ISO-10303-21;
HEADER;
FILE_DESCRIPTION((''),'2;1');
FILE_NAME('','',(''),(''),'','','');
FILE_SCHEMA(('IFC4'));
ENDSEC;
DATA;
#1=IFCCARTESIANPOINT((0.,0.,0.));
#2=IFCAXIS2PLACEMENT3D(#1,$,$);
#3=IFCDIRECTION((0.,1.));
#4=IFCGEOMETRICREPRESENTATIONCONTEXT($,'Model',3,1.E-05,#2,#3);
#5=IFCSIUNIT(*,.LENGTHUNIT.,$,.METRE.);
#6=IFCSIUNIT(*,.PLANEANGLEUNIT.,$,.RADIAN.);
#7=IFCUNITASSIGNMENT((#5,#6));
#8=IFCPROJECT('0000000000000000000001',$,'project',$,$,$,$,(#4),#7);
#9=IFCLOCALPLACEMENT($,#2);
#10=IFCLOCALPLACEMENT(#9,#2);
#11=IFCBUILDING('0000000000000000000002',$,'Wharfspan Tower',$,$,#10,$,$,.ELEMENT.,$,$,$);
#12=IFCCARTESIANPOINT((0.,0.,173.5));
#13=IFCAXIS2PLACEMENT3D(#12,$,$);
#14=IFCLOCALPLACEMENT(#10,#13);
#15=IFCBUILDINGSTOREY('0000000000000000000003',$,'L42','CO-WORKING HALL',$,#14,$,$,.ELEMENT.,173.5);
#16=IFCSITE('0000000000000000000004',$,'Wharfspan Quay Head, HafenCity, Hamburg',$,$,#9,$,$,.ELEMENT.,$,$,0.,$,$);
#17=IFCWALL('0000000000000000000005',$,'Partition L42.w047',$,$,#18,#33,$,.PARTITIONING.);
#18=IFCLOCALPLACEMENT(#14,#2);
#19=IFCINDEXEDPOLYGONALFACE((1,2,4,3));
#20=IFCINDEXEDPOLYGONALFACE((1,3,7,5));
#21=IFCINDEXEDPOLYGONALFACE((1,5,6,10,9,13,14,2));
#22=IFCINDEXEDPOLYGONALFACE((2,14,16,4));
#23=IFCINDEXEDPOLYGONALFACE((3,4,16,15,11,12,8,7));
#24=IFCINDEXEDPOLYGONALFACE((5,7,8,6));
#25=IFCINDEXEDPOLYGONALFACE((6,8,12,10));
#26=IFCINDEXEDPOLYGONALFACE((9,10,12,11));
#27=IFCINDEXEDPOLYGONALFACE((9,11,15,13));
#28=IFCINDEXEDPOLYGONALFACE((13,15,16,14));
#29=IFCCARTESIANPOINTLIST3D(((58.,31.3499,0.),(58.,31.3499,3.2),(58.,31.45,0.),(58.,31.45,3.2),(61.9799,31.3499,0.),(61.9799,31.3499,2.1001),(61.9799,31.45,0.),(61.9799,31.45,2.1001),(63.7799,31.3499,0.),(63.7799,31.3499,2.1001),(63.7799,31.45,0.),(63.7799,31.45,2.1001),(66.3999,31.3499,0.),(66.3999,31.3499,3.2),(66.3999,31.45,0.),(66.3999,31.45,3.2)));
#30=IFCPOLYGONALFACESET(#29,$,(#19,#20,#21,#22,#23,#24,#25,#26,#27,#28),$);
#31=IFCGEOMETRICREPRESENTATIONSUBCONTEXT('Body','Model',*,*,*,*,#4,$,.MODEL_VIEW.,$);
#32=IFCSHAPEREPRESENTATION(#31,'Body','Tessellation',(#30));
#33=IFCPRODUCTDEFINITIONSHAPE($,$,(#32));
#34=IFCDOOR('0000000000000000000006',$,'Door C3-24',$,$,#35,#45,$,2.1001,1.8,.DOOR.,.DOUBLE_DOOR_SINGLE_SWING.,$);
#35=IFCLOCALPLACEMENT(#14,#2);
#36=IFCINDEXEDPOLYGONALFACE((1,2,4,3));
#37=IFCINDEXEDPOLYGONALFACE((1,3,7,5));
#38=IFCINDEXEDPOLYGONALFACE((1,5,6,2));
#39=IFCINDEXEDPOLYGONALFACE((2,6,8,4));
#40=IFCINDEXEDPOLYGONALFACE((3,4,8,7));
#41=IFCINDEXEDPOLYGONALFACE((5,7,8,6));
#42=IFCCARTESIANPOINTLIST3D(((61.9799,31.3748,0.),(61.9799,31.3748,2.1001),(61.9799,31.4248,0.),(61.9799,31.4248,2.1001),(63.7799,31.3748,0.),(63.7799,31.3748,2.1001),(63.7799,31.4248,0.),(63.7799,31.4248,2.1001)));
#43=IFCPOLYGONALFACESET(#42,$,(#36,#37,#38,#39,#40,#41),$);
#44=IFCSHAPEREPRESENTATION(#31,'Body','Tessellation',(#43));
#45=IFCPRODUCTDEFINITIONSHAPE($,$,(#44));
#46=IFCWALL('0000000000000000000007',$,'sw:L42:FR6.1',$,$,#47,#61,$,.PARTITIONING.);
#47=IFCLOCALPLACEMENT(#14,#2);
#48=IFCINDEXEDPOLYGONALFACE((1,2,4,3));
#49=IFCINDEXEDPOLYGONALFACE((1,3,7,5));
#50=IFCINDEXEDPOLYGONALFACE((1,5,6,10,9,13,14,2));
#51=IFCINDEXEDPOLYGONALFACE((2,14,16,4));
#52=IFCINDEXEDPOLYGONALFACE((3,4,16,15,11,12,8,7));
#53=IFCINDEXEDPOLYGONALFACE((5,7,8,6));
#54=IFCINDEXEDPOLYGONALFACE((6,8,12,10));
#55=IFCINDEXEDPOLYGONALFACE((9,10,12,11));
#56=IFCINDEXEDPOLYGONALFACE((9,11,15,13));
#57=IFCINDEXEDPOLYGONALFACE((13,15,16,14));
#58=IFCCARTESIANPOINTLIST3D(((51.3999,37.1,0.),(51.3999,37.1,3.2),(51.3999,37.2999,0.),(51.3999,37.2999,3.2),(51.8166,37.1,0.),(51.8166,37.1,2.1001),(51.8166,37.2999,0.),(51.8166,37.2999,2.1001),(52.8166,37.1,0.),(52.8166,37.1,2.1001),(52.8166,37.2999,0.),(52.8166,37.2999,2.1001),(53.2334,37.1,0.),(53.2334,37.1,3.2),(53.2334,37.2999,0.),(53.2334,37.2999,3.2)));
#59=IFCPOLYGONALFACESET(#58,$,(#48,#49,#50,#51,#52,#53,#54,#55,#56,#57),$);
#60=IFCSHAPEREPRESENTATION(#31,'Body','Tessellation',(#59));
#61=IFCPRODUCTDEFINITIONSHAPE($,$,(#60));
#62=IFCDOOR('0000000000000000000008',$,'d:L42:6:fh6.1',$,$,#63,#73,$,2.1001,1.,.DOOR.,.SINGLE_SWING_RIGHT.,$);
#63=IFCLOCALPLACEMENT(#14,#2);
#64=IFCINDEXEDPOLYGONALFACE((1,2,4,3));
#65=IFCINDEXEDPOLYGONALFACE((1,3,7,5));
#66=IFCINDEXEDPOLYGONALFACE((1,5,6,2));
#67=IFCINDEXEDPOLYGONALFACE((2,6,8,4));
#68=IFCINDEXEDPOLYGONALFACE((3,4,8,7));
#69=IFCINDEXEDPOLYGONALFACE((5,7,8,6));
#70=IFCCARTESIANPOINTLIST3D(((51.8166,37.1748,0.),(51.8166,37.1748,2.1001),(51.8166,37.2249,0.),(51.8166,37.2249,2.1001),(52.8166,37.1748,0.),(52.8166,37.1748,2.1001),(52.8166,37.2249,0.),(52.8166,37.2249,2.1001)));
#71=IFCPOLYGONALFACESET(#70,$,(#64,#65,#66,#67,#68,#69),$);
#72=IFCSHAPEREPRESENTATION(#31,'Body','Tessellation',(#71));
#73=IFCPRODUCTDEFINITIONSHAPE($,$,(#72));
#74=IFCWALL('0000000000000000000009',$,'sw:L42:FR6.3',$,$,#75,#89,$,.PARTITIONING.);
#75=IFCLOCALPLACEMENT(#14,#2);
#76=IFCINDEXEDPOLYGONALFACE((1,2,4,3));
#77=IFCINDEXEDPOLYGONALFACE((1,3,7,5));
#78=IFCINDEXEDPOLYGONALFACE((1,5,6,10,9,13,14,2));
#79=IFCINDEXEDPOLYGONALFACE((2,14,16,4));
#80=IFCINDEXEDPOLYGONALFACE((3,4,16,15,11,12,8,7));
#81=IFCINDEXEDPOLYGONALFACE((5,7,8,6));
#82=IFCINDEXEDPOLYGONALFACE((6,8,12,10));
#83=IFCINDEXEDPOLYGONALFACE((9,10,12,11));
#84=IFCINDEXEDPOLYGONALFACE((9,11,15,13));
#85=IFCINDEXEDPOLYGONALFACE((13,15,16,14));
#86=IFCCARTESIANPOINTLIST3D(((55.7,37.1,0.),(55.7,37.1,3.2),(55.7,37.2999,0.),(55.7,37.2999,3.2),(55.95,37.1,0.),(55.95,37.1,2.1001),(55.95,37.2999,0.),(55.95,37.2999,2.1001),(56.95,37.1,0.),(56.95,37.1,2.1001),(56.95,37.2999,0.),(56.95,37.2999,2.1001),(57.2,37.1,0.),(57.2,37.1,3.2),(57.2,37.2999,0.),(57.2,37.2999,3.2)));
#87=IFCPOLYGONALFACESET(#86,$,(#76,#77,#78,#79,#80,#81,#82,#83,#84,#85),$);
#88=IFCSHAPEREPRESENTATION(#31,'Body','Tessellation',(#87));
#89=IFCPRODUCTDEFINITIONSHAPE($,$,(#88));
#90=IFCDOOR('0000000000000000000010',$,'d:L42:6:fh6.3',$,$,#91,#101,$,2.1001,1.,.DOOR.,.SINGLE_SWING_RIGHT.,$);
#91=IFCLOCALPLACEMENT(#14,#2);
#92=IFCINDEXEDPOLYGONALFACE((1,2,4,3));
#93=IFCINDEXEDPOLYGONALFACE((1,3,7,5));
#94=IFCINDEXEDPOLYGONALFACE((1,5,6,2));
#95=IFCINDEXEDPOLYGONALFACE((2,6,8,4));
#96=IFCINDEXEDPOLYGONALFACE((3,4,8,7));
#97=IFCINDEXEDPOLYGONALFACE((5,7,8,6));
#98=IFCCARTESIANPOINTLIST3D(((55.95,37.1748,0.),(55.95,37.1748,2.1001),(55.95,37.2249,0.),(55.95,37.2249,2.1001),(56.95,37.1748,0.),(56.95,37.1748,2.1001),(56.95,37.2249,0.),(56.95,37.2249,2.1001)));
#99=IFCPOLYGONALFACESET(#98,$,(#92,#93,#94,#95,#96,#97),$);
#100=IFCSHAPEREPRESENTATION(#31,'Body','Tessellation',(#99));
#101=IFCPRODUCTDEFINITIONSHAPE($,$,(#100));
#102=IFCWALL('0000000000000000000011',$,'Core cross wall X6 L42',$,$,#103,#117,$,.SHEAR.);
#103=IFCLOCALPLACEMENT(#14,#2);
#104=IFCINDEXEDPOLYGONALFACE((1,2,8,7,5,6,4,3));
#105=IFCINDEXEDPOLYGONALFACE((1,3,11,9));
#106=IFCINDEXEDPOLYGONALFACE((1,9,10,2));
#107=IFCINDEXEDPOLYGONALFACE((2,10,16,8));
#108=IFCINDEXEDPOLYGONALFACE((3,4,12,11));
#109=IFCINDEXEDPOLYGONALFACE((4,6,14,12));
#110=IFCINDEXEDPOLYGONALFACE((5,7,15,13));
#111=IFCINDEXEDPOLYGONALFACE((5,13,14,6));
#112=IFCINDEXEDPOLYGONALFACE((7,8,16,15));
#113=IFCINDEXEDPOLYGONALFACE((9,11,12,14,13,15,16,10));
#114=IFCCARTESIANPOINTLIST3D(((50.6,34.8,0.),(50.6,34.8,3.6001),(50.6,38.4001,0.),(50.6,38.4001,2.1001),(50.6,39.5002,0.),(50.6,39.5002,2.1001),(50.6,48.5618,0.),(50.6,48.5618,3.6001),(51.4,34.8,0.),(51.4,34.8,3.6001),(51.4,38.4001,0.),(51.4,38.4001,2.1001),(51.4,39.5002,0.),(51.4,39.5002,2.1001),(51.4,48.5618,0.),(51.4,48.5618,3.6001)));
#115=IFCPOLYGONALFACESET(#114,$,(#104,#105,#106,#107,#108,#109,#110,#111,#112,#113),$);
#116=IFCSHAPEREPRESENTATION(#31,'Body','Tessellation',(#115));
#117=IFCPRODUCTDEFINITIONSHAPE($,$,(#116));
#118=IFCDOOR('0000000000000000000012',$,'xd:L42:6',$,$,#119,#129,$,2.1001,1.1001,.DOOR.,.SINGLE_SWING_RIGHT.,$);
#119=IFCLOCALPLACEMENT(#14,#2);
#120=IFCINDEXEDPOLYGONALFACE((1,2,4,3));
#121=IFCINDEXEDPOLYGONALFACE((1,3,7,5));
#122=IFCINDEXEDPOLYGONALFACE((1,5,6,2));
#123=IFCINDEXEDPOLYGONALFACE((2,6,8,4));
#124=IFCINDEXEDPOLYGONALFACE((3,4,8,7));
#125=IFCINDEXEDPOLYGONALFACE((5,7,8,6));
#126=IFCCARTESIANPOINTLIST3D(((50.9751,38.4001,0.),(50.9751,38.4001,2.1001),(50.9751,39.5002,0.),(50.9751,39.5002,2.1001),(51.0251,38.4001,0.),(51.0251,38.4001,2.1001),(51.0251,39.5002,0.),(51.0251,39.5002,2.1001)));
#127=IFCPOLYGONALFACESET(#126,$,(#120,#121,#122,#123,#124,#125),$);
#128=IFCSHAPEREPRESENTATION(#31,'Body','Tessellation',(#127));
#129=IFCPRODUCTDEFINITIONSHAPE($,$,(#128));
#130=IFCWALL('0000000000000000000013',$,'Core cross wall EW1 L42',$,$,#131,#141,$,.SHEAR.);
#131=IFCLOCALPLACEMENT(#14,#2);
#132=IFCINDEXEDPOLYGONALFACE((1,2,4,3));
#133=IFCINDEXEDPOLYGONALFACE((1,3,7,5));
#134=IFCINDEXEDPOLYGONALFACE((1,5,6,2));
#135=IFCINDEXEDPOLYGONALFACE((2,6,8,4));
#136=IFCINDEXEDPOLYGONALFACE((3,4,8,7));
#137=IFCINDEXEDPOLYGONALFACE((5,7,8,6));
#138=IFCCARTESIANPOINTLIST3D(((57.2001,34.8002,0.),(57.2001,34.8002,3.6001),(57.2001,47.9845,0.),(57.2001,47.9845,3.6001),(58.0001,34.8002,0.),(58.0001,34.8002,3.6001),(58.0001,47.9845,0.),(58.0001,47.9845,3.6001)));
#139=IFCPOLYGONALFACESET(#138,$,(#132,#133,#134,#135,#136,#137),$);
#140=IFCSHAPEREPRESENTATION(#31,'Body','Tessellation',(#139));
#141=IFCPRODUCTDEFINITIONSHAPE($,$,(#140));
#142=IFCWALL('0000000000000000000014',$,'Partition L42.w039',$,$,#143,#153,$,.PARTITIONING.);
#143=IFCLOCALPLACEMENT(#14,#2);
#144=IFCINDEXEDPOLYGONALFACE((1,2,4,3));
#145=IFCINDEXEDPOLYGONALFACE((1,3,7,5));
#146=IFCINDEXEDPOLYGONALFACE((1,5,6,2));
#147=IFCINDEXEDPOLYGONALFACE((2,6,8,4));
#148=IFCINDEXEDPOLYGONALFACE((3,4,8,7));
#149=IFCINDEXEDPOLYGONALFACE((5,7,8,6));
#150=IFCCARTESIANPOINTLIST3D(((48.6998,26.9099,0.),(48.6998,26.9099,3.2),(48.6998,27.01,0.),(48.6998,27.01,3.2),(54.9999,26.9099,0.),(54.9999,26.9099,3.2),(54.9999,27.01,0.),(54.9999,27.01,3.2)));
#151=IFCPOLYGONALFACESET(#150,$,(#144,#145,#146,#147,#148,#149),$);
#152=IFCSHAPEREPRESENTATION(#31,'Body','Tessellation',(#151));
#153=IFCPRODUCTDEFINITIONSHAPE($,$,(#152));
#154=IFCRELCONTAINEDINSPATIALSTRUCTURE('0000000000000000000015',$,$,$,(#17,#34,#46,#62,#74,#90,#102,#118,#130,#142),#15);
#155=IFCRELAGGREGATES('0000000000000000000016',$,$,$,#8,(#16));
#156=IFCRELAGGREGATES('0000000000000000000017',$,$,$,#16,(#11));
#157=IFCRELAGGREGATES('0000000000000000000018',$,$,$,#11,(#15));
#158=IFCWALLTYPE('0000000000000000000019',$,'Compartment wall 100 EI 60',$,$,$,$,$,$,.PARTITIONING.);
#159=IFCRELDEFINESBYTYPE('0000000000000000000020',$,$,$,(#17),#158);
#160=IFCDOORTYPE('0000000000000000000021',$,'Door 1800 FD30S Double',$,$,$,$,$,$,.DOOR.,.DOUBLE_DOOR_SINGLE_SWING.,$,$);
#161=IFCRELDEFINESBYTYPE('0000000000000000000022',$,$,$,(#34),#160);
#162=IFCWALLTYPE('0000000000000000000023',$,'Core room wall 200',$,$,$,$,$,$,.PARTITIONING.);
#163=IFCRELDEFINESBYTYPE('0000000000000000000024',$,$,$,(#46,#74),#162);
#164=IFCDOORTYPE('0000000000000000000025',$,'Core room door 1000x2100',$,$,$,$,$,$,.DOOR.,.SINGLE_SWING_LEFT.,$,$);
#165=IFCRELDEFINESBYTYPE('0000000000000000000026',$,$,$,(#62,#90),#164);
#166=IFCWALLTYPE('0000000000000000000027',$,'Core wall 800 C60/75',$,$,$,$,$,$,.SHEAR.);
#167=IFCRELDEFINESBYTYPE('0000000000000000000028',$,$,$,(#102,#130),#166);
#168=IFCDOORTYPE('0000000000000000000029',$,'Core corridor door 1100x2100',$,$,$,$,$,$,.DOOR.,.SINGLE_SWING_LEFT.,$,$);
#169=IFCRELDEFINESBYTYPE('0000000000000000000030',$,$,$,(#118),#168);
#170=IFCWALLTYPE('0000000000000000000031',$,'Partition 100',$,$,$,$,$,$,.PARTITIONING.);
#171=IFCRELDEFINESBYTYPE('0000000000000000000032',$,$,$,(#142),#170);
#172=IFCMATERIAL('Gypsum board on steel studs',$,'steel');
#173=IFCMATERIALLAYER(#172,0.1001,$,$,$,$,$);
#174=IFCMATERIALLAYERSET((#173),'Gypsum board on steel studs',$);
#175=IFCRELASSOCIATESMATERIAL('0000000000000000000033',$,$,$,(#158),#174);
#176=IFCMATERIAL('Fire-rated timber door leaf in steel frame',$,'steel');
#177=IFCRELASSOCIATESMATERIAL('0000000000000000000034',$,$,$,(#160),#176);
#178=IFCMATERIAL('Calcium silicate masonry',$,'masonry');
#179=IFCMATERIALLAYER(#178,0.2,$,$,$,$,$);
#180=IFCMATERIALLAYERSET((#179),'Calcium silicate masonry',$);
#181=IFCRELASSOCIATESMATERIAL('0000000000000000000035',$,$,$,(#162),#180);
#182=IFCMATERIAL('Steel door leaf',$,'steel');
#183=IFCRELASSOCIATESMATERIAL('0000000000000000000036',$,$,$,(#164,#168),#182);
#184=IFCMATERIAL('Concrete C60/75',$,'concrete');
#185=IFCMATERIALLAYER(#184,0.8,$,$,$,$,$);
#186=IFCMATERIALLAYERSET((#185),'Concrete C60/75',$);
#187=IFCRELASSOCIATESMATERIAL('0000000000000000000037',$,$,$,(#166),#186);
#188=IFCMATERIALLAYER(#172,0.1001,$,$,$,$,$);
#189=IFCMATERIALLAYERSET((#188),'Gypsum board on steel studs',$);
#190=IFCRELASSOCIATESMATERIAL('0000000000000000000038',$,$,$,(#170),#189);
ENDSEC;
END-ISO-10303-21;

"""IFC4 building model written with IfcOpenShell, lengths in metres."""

from ifc_helpers import new_model, si_unit, direction, frame, frame_2d, origin, place, context, subcontext, project, spatial, rectangle, extrude, material, layer, layer_set, type_object, element, fill, save


model = new_model("IFC4")

# Units and contexts
model_context = context("Model", 3, precision=1e-05, world=origin(), true_north=direction((0.0, 1.0)))
body_context = subcontext(model_context, "Body", "Model", "MODEL_VIEW")
ifc_project = project(units=[si_unit("LENGTHUNIT", "METRE"), si_unit("PLANEANGLEUNIT", "RADIAN")], contexts=[model_context])

# Site, building, storey
site_placement = place(None, origin())
site = spatial("IfcSite", under=ifc_project, at=site_placement, Name="Wharfspan Quay Head, HafenCity, Hamburg", CompositionType="ELEMENT", RefElevation=0.0)
building_placement = place(site_placement, origin())
building = spatial("IfcBuilding", under=site, at=building_placement, Name="Wharfspan Tower", CompositionType="ELEMENT")
storey_placement = place(building_placement, frame((0.0, 0.0, 173.5)))
storey = spatial("IfcBuildingStorey", under=building, at=storey_placement, Name="L42", Description="CO-WORKING HALL", CompositionType="ELEMENT", Elevation=173.5)

# Shared definitions
ifc_material_1 = material(Name="Gypsum board on steel studs", Category="steel")
ifc_layer_1 = layer(ifc_material_1, 0.1001)
ifc_layer_set_1 = layer_set([ifc_layer_1], Name="Gypsum board on steel studs")
wall_type_1 = type_object("IfcWallType", Name="Compartment wall 100 EI 60", PredefinedType="PARTITIONING", material=ifc_layer_set_1)
ifc_material_2 = material(Name="Fire-rated timber door leaf in steel frame", Category="steel")

# Walls, openings, doors
wall_1_placement = place(storey_placement, frame((58.0, 31.3999, 0.0), z_axis=(0.0, 0.0, 1.0), x_axis=(1.0, 0.0, 0.0)))
wall_1 = element("IfcWall", 1, at=wall_1_placement, inside=storey, type_object=wall_type_1, Name="Partition L42.w047", PredefinedType="PARTITIONING", context=body_context, shape_type="SweptSolid", body=[
    extrude(rectangle(XDim=8.3999, YDim=0.1001, at=frame_2d((4.2, 0.0))), origin(), (0.0, 0.0, 1.0), 3.2),
])
opening_1_placement = place(wall_1_placement, frame((3.98, 0.0, 0.0)))
opening_1 = element("IfcOpeningElement", 2, at=opening_1_placement, cuts=wall_1, PredefinedType="OPENING", context=body_context, shape_type="SweptSolid", body=[
    extrude(rectangle(XDim=1.8, YDim=2.1001, at=frame_2d((0.8999, 1.05))), frame((0.0, 0.0601, 0.0), z_axis=(0.0, -1.0, 0.0), x_axis=(1.0, 0.0, 0.0)), (0.0, 0.0, 1.0), 0.1201),
])
door_type_1 = type_object("IfcDoorType", Name="Door 1800 FD30S Double", OperationType="DOUBLE_DOOR_SINGLE_SWING", PredefinedType="DOOR", material=ifc_material_2)
door_1_placement = place(opening_1_placement, origin())
door_1 = element("IfcDoor", 3, at=door_1_placement, inside=storey, type_object=door_type_1, Name="Door C3-24", OperationType="DOUBLE_DOOR_SINGLE_SWING", OverallHeight=2.1001, OverallWidth=1.8, PredefinedType="DOOR", context=body_context, shape_type="SweptSolid", body=[
    extrude(rectangle(XDim=1.8, YDim=2.1001, at=frame_2d((0.8999, 1.05))), frame((0.0, 0.0249, 0.0), z_axis=(0.0, -1.0, 0.0), x_axis=(1.0, 0.0, 0.0)), (0.0, 0.0, 1.0), 0.05),
])
fill(opening_1, door_1)
ifc_material_3 = material(Name="Calcium silicate masonry", Category="masonry")
ifc_layer_2 = layer(ifc_material_3, 0.2)
ifc_layer_set_2 = layer_set([ifc_layer_2], Name="Calcium silicate masonry")
wall_type_2 = type_object("IfcWallType", Name="Core room wall 200", PredefinedType="PARTITIONING", material=ifc_layer_set_2)
wall_2_placement = place(storey_placement, frame((51.3999, 37.2, 0.0), z_axis=(0.0, 0.0, 1.0), x_axis=(1.0, 0.0, 0.0)))
wall_2 = element("IfcWall", 4, at=wall_2_placement, inside=storey, type_object=wall_type_2, Name="sw:L42:FR6.1", PredefinedType="PARTITIONING", context=body_context, shape_type="SweptSolid", body=[
    extrude(rectangle(XDim=1.8335, YDim=0.2, at=frame_2d((0.9167, 0.0))), origin(), (0.0, 0.0, 1.0), 3.2),
])
opening_2_placement = place(wall_2_placement, frame((0.4167, 0.0, 0.0)))
opening_2 = element("IfcOpeningElement", 5, at=opening_2_placement, cuts=wall_2, PredefinedType="OPENING", context=body_context, shape_type="SweptSolid", body=[
    extrude(rectangle(XDim=1.0, YDim=2.1001, at=frame_2d((0.5, 1.05))), frame((0.0, 0.1099, 0.0), z_axis=(0.0, -1.0, 0.0), x_axis=(1.0, 0.0, 0.0)), (0.0, 0.0, 1.0), 0.22),
])
ifc_material_4 = material(Name="Steel door leaf", Category="steel")
door_type_2 = type_object("IfcDoorType", Name="Core room door 1000x2100", OperationType="SINGLE_SWING_LEFT", PredefinedType="DOOR", material=ifc_material_4)
door_2_placement = place(opening_2_placement, origin())
door_2 = element("IfcDoor", 6, at=door_2_placement, inside=storey, type_object=door_type_2, Name="d:L42:6:fh6.1", OperationType="SINGLE_SWING_RIGHT", OverallHeight=2.1001, OverallWidth=1.0, PredefinedType="DOOR", context=body_context, shape_type="SweptSolid", body=[
    extrude(rectangle(XDim=1.0, YDim=2.1001, at=frame_2d((0.5, 1.05))), frame((0.0, 0.0249, 0.0), z_axis=(0.0, -1.0, 0.0), x_axis=(1.0, 0.0, 0.0)), (0.0, 0.0, 1.0), 0.05),
])
fill(opening_2, door_2)
wall_3_placement = place(storey_placement, frame((55.7, 37.2, 0.0), z_axis=(0.0, 0.0, 1.0), x_axis=(1.0, 0.0, 0.0)))
wall_3 = element("IfcWall", 7, at=wall_3_placement, inside=storey, type_object=wall_type_2, Name="sw:L42:FR6.3", PredefinedType="PARTITIONING", context=body_context, shape_type="SweptSolid", body=[
    extrude(rectangle(XDim=1.5, YDim=0.2, at=frame_2d((0.75, 0.0))), origin(), (0.0, 0.0, 1.0), 3.2),
])
opening_3_placement = place(wall_3_placement, frame((0.25, 0.0, 0.0)))
opening_3 = element("IfcOpeningElement", 8, at=opening_3_placement, cuts=wall_3, PredefinedType="OPENING", context=body_context, shape_type="SweptSolid", body=[
    extrude(rectangle(XDim=1.0, YDim=2.1001, at=frame_2d((0.5, 1.05))), frame((0.0, 0.1099, 0.0), z_axis=(0.0, -1.0, 0.0), x_axis=(1.0, 0.0, 0.0)), (0.0, 0.0, 1.0), 0.22),
])
door_3_placement = place(opening_3_placement, origin())
door_3 = element("IfcDoor", 9, at=door_3_placement, inside=storey, type_object=door_type_2, Name="d:L42:6:fh6.3", OperationType="SINGLE_SWING_RIGHT", OverallHeight=2.1001, OverallWidth=1.0, PredefinedType="DOOR", context=body_context, shape_type="SweptSolid", body=[
    extrude(rectangle(XDim=1.0, YDim=2.1001, at=frame_2d((0.5, 1.05))), frame((0.0, 0.0249, 0.0), z_axis=(0.0, -1.0, 0.0), x_axis=(1.0, 0.0, 0.0)), (0.0, 0.0, 1.0), 0.05),
])
fill(opening_3, door_3)
ifc_material_5 = material(Name="Concrete C60/75", Category="concrete")
ifc_layer_3 = layer(ifc_material_5, 0.8)
ifc_layer_set_3 = layer_set([ifc_layer_3], Name="Concrete C60/75")
wall_type_3 = type_object("IfcWallType", Name="Core wall 800 C60/75", PredefinedType="SHEAR", material=ifc_layer_set_3)
wall_4_placement = place(storey_placement, frame((51.0, 34.8, 0.0), z_axis=(0.0, 0.0, 1.0), x_axis=(0.0, 1.0, 0.0)))
wall_4 = element("IfcWall", 10, at=wall_4_placement, inside=storey, type_object=wall_type_3, Name="Core cross wall X6 L42", PredefinedType="SHEAR", context=body_context, shape_type="SweptSolid", body=[
    extrude(rectangle(XDim=13.7617, YDim=0.8, at=frame_2d((6.8809, 0.0))), origin(), (0.0, 0.0, 1.0), 3.6001),
])
opening_4_placement = place(wall_4_placement, frame((3.6001, 0.0, 0.0)))
opening_4 = element("IfcOpeningElement", 11, at=opening_4_placement, cuts=wall_4, PredefinedType="OPENING", context=body_context, shape_type="SweptSolid", body=[
    extrude(rectangle(XDim=1.1001, YDim=2.1001, at=frame_2d((0.55, 1.05))), frame((0.0, 0.4099, 0.0), z_axis=(0.0, -1.0, 0.0), x_axis=(1.0, 0.0, 0.0)), (0.0, 0.0, 1.0), 0.8201),
])
door_type_3 = type_object("IfcDoorType", Name="Core corridor door 1100x2100", OperationType="SINGLE_SWING_LEFT", PredefinedType="DOOR", material=ifc_material_4)
door_4_placement = place(opening_4_placement, origin())
door_4 = element("IfcDoor", 12, at=door_4_placement, inside=storey, type_object=door_type_3, Name="xd:L42:6", OperationType="SINGLE_SWING_RIGHT", OverallHeight=2.1001, OverallWidth=1.1001, PredefinedType="DOOR", context=body_context, shape_type="SweptSolid", body=[
    extrude(rectangle(XDim=1.1001, YDim=2.1001, at=frame_2d((0.55, 1.05))), frame((0.0, 0.0249, 0.0), z_axis=(0.0, -1.0, 0.0), x_axis=(1.0, 0.0, 0.0)), (0.0, 0.0, 1.0), 0.05),
])
fill(opening_4, door_4)

# Walls
wall_5_placement = place(storey_placement, frame((57.6001, 34.8, 0.0), z_axis=(0.0, 0.0, 1.0), x_axis=(0.0, 1.0, 0.0)))
element("IfcWall", 13, at=wall_5_placement, inside=storey, type_object=wall_type_3, Name="Core cross wall EW1 L42", PredefinedType="SHEAR", context=body_context, shape_type="SweptSolid", body=[
    extrude(rectangle(XDim=13.1843, YDim=0.8, at=frame_2d((6.5923, 0.0))), origin(), (0.0, 0.0, 1.0), 3.6001),
])
ifc_layer_4 = layer(ifc_material_1, 0.1001)
ifc_layer_set_4 = layer_set([ifc_layer_4], Name="Gypsum board on steel studs")
wall_type_4 = type_object("IfcWallType", Name="Partition 100", PredefinedType="PARTITIONING", material=ifc_layer_set_4)
wall_6_placement = place(storey_placement, frame((48.7, 26.96, 0.0), z_axis=(0.0, 0.0, 1.0), x_axis=(1.0, 0.0, 0.0)))
element("IfcWall", 14, at=wall_6_placement, inside=storey, type_object=wall_type_4, Name="Partition L42.w039", PredefinedType="PARTITIONING", context=body_context, shape_type="SweptSolid", body=[
    extrude(rectangle(XDim=6.3, YDim=0.1001, at=frame_2d((3.1499, 0.0))), origin(), (0.0, 0.0, 1.0), 3.2),
])

save(model, "model.ifc")
